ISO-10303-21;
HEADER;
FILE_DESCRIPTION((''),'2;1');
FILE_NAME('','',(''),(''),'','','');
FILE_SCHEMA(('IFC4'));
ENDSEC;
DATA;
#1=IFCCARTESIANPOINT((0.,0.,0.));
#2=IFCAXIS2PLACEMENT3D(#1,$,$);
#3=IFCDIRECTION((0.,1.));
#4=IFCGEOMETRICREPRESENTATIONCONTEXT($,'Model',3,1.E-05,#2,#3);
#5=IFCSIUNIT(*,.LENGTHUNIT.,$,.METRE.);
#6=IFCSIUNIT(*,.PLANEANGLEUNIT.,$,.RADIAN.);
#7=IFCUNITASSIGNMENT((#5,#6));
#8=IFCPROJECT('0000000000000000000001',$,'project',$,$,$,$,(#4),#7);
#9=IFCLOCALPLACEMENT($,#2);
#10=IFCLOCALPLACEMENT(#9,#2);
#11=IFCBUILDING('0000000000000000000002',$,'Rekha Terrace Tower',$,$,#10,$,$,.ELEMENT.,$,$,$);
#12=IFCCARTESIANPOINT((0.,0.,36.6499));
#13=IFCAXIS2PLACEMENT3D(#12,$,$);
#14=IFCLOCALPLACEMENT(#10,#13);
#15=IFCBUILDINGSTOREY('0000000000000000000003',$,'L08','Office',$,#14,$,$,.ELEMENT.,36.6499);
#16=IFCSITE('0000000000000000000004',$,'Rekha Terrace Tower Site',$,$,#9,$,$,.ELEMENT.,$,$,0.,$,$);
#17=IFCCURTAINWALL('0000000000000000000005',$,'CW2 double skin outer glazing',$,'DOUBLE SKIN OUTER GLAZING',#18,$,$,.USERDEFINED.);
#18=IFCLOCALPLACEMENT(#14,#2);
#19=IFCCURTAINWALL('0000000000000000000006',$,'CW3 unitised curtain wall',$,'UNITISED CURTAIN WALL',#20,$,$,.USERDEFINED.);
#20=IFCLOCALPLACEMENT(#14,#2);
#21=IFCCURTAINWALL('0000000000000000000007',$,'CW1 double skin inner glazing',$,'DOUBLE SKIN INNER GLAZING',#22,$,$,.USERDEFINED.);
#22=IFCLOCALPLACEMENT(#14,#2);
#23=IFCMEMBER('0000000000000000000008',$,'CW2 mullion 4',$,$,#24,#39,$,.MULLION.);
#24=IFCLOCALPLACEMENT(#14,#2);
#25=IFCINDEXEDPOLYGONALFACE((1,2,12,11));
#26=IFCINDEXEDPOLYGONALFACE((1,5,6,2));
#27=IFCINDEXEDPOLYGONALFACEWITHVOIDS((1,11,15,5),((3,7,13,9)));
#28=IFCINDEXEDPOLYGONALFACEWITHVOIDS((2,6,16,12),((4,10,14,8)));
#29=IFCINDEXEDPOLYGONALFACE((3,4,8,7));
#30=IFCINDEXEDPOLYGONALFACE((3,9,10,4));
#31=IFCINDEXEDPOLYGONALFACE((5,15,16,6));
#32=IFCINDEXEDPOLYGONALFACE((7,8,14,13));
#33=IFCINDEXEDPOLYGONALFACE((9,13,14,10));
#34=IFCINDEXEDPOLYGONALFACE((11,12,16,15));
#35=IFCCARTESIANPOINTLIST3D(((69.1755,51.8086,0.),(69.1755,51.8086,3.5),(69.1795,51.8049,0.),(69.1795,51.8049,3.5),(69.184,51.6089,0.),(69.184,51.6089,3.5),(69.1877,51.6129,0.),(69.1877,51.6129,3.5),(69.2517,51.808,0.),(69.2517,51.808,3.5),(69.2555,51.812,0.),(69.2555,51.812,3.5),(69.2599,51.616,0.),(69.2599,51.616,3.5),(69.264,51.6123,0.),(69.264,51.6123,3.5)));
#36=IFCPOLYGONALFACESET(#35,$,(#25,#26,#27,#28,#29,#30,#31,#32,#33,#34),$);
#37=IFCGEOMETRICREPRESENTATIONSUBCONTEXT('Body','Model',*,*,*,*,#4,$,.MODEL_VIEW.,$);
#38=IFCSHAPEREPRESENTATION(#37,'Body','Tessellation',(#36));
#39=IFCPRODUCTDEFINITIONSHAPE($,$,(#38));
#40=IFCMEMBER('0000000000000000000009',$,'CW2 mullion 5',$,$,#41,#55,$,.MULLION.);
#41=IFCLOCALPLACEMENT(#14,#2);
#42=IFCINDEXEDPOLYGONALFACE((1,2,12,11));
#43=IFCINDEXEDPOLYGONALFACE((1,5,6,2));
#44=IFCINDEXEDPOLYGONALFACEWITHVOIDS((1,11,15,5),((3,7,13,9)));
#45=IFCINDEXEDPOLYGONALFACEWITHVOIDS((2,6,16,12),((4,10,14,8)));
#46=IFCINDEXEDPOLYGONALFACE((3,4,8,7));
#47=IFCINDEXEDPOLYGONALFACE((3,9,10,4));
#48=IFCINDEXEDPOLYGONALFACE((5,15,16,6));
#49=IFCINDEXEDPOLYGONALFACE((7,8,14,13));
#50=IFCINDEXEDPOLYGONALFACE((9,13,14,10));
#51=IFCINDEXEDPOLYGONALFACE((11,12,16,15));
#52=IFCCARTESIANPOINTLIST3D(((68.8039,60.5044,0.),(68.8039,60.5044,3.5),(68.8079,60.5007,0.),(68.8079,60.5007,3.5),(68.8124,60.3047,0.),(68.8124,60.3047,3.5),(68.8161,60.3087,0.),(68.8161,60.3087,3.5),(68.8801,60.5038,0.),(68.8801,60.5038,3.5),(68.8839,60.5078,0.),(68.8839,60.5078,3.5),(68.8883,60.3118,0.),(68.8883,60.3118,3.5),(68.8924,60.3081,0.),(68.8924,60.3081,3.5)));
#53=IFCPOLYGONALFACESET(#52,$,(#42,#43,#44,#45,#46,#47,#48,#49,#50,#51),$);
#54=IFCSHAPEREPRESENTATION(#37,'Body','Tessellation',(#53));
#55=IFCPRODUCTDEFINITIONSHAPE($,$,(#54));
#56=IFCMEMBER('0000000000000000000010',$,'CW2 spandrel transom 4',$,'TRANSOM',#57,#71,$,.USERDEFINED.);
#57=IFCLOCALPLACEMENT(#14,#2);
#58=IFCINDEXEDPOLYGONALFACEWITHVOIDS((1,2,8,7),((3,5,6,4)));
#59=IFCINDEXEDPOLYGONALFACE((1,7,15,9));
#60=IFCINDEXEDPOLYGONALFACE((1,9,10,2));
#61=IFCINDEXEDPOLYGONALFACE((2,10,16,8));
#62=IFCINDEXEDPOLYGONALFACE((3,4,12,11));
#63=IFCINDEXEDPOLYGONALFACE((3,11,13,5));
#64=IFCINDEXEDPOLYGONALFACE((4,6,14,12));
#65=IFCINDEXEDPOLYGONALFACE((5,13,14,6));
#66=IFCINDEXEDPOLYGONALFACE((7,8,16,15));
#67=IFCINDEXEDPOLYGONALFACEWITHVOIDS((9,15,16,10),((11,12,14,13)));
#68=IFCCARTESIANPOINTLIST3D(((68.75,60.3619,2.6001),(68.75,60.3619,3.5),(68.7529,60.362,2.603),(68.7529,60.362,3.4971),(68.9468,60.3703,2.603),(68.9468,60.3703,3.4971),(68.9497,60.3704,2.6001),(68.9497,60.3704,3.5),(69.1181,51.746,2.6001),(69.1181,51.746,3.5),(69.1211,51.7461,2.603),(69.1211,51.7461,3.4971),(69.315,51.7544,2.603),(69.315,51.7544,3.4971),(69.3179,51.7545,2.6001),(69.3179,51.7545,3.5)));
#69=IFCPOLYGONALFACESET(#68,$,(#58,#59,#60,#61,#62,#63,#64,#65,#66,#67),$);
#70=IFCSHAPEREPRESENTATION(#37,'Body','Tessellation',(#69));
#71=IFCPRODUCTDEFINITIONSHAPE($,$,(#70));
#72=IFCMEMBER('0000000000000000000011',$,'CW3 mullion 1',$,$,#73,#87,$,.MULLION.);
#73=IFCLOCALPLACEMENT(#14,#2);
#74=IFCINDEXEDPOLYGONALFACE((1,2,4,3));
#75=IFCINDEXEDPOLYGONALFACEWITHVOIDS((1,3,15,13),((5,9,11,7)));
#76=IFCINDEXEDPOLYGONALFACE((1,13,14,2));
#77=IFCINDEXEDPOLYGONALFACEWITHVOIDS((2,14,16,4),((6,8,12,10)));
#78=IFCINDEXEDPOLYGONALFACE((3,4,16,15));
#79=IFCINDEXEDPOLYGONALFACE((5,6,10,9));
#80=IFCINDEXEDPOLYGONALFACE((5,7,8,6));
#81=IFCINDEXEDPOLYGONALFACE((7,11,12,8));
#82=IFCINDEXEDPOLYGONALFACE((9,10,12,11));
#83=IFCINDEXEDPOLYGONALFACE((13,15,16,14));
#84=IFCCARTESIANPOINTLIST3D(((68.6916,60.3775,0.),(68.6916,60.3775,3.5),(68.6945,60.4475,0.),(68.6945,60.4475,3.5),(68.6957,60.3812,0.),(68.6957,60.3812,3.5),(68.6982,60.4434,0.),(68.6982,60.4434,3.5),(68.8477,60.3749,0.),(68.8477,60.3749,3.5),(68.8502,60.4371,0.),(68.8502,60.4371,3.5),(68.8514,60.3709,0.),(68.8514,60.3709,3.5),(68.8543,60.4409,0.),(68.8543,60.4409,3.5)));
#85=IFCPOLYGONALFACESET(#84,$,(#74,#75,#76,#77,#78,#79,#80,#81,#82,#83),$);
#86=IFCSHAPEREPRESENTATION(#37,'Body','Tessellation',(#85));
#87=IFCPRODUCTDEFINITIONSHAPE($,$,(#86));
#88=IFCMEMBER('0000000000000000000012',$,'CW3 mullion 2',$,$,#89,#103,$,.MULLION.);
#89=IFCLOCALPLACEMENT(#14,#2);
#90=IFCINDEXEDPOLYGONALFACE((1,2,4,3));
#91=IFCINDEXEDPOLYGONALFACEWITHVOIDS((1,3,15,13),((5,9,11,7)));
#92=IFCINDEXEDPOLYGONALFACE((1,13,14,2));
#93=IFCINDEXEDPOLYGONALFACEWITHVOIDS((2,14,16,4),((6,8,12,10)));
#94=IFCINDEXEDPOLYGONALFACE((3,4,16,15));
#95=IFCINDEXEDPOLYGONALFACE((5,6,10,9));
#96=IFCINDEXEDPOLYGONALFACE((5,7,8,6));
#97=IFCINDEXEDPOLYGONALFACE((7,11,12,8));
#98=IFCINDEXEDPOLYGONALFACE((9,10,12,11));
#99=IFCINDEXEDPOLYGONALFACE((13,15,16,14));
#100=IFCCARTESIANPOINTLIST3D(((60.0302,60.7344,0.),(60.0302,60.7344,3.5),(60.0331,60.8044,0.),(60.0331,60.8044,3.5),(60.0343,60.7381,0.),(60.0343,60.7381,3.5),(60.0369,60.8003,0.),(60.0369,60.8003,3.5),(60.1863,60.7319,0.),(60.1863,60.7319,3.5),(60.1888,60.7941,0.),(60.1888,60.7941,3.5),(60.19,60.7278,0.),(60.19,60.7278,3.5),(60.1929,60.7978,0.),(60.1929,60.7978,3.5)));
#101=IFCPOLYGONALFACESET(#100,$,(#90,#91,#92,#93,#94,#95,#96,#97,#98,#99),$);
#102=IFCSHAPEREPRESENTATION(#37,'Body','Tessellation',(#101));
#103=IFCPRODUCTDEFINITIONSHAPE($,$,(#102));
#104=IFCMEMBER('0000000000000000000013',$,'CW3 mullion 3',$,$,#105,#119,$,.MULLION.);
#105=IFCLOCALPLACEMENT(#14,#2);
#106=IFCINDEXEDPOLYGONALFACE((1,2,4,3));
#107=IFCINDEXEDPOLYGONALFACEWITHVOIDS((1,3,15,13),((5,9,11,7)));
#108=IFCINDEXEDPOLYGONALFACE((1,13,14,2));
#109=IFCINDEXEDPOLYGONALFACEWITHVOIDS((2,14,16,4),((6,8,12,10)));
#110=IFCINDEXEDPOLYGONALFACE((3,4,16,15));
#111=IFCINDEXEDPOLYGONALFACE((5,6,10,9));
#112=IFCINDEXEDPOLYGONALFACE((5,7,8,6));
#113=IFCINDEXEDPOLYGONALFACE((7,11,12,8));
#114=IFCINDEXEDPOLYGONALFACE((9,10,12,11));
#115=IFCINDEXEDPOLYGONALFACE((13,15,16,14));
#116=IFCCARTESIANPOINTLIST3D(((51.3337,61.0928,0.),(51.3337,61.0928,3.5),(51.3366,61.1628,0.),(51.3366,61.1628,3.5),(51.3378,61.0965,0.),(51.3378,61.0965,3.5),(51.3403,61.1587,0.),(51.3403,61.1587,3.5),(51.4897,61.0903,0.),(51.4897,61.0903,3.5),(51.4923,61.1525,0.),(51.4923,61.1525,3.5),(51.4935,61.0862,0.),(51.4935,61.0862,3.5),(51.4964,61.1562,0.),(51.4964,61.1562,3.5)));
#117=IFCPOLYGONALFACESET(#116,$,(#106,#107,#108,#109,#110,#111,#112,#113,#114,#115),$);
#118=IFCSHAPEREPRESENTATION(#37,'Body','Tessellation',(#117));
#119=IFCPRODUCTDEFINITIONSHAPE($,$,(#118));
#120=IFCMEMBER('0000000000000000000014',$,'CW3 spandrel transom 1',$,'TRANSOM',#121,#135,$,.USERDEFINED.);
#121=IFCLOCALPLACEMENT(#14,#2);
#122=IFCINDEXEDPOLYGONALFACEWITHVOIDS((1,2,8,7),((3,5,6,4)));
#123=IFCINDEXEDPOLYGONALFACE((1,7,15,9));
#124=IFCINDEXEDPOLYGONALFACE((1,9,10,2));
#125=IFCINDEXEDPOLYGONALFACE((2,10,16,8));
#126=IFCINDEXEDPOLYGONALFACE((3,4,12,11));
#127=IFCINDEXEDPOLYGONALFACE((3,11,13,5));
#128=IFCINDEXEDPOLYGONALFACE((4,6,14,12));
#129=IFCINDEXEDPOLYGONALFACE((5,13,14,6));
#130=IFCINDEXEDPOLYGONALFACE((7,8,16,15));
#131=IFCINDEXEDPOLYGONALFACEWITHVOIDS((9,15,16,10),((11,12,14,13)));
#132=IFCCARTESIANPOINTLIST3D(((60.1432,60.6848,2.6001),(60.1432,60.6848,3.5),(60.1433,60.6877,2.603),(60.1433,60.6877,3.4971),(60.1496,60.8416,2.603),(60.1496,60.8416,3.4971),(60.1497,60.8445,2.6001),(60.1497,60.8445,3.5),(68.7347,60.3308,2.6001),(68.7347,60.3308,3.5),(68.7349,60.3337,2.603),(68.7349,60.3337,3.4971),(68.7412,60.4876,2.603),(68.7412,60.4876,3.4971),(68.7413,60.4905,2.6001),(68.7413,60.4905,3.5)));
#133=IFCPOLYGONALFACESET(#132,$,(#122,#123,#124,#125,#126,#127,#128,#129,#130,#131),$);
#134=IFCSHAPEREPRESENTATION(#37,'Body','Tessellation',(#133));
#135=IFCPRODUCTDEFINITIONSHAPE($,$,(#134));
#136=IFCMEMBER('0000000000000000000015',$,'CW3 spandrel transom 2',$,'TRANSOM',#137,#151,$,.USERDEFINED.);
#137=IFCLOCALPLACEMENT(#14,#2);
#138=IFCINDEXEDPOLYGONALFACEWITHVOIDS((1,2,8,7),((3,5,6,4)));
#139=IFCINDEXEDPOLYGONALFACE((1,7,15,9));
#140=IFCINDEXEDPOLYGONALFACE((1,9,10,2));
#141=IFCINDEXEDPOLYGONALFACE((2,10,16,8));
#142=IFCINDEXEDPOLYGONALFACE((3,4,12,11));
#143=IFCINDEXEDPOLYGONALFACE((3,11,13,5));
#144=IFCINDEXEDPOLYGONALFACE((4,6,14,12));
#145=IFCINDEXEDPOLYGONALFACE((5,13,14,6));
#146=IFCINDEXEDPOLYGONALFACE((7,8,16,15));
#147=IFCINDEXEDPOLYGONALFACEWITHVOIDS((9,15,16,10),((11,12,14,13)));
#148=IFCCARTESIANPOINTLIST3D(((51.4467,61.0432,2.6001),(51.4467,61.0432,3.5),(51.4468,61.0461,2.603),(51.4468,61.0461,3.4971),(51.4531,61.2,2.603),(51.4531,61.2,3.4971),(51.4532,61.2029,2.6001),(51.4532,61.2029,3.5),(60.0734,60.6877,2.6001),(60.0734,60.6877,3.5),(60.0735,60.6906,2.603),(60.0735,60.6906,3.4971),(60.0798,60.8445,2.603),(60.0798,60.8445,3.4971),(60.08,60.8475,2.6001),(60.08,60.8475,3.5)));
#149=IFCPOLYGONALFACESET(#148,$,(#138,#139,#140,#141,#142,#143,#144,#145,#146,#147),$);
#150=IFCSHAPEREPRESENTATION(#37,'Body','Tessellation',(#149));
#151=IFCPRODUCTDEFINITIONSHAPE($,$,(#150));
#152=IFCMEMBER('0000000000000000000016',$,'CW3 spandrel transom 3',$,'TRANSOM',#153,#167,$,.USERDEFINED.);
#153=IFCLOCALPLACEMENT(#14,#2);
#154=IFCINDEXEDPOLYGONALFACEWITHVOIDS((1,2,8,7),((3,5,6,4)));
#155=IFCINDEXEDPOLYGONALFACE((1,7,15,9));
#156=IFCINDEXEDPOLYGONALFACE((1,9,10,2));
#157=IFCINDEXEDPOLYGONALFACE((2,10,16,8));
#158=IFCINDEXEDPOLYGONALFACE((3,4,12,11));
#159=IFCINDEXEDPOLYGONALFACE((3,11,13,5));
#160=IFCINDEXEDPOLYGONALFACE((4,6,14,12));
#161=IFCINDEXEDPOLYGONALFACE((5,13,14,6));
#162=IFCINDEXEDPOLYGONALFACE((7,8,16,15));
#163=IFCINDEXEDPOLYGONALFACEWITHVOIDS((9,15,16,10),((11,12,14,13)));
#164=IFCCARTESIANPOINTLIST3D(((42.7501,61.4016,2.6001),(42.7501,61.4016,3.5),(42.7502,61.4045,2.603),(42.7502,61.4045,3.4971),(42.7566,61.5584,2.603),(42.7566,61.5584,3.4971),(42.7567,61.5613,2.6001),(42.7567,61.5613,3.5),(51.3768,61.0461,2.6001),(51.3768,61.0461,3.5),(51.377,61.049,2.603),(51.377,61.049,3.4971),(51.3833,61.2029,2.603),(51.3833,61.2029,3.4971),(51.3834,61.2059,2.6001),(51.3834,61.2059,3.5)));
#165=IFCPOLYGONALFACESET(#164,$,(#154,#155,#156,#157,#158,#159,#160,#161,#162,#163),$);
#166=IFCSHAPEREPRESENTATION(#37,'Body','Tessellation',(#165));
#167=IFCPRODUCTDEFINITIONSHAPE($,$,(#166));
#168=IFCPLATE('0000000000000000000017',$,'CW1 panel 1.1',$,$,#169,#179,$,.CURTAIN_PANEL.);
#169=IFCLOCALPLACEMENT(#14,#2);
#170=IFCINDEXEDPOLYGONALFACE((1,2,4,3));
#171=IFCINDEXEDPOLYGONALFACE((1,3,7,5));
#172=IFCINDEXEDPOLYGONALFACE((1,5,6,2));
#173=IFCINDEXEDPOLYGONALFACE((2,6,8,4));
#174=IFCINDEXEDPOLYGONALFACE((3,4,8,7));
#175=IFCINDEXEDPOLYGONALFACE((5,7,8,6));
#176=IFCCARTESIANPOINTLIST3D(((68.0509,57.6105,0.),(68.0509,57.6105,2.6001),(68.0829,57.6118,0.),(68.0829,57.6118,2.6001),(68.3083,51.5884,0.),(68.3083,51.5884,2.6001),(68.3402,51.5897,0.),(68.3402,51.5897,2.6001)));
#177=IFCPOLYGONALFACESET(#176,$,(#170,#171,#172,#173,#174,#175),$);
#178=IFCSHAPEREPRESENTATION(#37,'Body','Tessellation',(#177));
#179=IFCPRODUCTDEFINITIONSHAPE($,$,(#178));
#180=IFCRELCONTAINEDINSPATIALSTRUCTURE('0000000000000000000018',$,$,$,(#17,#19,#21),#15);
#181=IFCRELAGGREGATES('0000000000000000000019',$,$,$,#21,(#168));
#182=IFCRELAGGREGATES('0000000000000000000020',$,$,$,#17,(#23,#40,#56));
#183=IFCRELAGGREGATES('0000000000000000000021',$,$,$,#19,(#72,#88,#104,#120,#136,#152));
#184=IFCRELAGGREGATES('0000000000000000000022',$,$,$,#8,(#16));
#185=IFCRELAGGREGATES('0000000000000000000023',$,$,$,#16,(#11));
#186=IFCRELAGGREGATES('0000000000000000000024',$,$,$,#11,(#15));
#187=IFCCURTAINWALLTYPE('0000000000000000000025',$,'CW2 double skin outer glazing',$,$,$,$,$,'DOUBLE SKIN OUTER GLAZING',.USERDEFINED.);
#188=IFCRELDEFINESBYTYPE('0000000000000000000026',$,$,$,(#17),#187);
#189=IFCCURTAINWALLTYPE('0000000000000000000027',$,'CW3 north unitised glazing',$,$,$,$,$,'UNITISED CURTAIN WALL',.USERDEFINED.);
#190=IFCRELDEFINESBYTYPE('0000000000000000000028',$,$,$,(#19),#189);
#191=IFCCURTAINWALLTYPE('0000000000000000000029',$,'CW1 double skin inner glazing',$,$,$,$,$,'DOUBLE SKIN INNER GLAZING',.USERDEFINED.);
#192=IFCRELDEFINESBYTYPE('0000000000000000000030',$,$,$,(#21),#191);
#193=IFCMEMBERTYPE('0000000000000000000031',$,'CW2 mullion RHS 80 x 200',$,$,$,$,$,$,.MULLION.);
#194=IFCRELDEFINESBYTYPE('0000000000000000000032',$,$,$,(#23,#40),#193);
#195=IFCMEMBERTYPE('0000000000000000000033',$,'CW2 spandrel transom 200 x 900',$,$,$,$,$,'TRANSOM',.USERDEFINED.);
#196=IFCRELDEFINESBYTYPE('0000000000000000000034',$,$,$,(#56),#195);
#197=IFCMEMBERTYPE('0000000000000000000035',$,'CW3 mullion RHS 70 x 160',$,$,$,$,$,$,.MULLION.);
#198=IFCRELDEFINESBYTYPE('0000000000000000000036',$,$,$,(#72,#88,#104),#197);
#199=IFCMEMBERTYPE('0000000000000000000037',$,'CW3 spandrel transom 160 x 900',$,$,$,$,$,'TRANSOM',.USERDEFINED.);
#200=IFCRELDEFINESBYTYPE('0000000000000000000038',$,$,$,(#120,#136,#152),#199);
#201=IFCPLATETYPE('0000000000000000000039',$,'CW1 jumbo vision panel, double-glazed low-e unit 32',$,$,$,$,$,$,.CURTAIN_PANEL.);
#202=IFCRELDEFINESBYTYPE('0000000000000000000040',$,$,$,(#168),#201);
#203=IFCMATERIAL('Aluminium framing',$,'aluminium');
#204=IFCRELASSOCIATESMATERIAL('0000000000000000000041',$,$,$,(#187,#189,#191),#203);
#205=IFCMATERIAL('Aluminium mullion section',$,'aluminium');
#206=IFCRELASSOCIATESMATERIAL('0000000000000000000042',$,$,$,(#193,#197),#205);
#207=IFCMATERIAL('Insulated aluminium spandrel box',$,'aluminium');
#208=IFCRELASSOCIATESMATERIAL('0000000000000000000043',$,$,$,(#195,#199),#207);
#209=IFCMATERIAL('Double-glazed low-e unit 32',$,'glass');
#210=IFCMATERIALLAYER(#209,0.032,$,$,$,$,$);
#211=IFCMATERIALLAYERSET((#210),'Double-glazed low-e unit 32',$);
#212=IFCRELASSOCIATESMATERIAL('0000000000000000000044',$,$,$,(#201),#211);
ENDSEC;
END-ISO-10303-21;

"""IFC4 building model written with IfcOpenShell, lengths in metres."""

from ifc_helpers import new_model, si_unit, direction, frame, origin, origin_2d, place, context, subcontext, project, spatial, rectangle, hollow_rectangle, extrude, material, layer, layer_set, material_profile, profile_set, type_object, element, aggregate, save


model = new_model("IFC4")

# Units and contexts
model_context = context("Model", 3, precision=1e-05, world=origin(), true_north=direction((0.0, 1.0)))
body_context = subcontext(model_context, "Body", "Model", "MODEL_VIEW")
ifc_project = project(units=[si_unit("LENGTHUNIT", "METRE"), si_unit("PLANEANGLEUNIT", "RADIAN")], contexts=[model_context])

# Site, building, storey
site_placement = place(None, origin())
site = spatial("IfcSite", under=ifc_project, at=site_placement, Name="Rekha Terrace Tower Site", CompositionType="ELEMENT", RefElevation=0.0)
building_placement = place(site_placement, origin())
building = spatial("IfcBuilding", under=site, at=building_placement, Name="Rekha Terrace Tower", CompositionType="ELEMENT")
storey_placement = place(building_placement, frame((0.0, 0.0, 36.6499)))
storey = spatial("IfcBuildingStorey", under=building, at=storey_placement, Name="L08", Description="Office", CompositionType="ELEMENT", Elevation=36.6499)

# Curtain wall
ifc_material_1 = material(Name="Aluminium framing", Category="aluminium")
curtain_wall_type_1 = type_object("IfcCurtainWallType", Name="CW2 double skin outer glazing", ElementType="DOUBLE SKIN OUTER GLAZING", PredefinedType="USERDEFINED", material=ifc_material_1)
curtain_wall_1_placement = place(storey_placement, origin())
curtain_wall_1 = element("IfcCurtainWall", 1, at=curtain_wall_1_placement, inside=storey, type_object=curtain_wall_type_1, Name="CW2 double skin outer glazing", ObjectType="DOUBLE SKIN OUTER GLAZING", PredefinedType="USERDEFINED")

# Curtain walls
curtain_wall_type_2 = type_object("IfcCurtainWallType", Name="CW3 north unitised glazing", ElementType="UNITISED CURTAIN WALL", PredefinedType="USERDEFINED", material=ifc_material_1)
curtain_wall_2_placement = place(storey_placement, origin())
curtain_wall_2 = element("IfcCurtainWall", 2, at=curtain_wall_2_placement, inside=storey, type_object=curtain_wall_type_2, Name="CW3 unitised curtain wall", ObjectType="UNITISED CURTAIN WALL", PredefinedType="USERDEFINED")
curtain_wall_type_3 = type_object("IfcCurtainWallType", Name="CW1 double skin inner glazing", ElementType="DOUBLE SKIN INNER GLAZING", PredefinedType="USERDEFINED", material=ifc_material_1)
curtain_wall_3_placement = place(storey_placement, origin())
curtain_wall_3 = element("IfcCurtainWall", 3, at=curtain_wall_3_placement, inside=storey, type_object=curtain_wall_type_3, Name="CW1 double skin inner glazing", ObjectType="DOUBLE SKIN INNER GLAZING", PredefinedType="USERDEFINED")
ifc_material_2 = material(Name="Aluminium mullion section", Category="aluminium")
ifc_material_3 = material(Name="Insulated aluminium spandrel box", Category="aluminium")

# Members
ifc_material_profile_1 = material_profile(ifc_material_2, hollow_rectangle(XDim=0.0801, YDim=0.2, WallThickness=0.0039, at=origin_2d()), Name="AL RHS 80x200")
ifc_profile_set_1 = profile_set([ifc_material_profile_1], Name="Aluminium mullion section")
member_type_1 = type_object("IfcMemberType", Name="CW2 mullion RHS 80 x 200", PredefinedType="MULLION", material=ifc_profile_set_1)
member_1_placement = place(storey_placement, frame((69.2197, 51.7104, 0.0), z_axis=(0.0, 0.0, 1.0), x_axis=(-0.999088, -0.042696, 0.0)))
member_1 = element("IfcMember", 4, at=member_1_placement, type_object=member_type_1, Name="CW2 mullion 4", PredefinedType="MULLION", context=body_context, shape_type="SweptSolid", body=[
    extrude(hollow_rectangle(XDim=0.0801, YDim=0.2, WallThickness=0.0039, at=origin_2d()), origin(), (0.0, 0.0, 1.0), 3.5),
])
member_2_placement = place(storey_placement, frame((68.8481, 60.4062, 0.0), z_axis=(0.0, 0.0, 1.0), x_axis=(-0.999088, -0.042696, 0.0)))
member_2 = element("IfcMember", 5, at=member_2_placement, type_object=member_type_1, Name="CW2 mullion 5", PredefinedType="MULLION", context=body_context, shape_type="SweptSolid", body=[
    extrude(hollow_rectangle(XDim=0.0801, YDim=0.2, WallThickness=0.0039, at=origin_2d()), origin(), (0.0, 0.0, 1.0), 3.5),
])
ifc_material_profile_2 = material_profile(ifc_material_3, hollow_rectangle(XDim=0.2, YDim=0.8999, WallThickness=0.0029, at=origin_2d()), Name="AL SPANDREL BOX 200x900")
ifc_profile_set_2 = profile_set([ifc_material_profile_2], Name="Insulated aluminium spandrel box")
member_type_2 = type_object("IfcMemberType", Name="CW2 spandrel transom 200 x 900", ElementType="TRANSOM", PredefinedType="USERDEFINED", material=ifc_profile_set_2)
member_3_placement = place(storey_placement, frame((69.218, 51.7502, 3.05), z_axis=(-0.042691, 0.999088, 0.0), x_axis=(-0.999088, -0.042691, 0.0)))
member_3 = element("IfcMember", 6, at=member_3_placement, type_object=member_type_2, Name="CW2 spandrel transom 4", ObjectType="TRANSOM", PredefinedType="USERDEFINED", context=body_context, shape_type="SweptSolid", body=[
    extrude(hollow_rectangle(XDim=0.2, YDim=0.8999, WallThickness=0.0029, at=origin_2d()), origin(), (0.0, 0.0, 1.0), 8.6238),
])
ifc_material_profile_3 = material_profile(ifc_material_2, hollow_rectangle(XDim=0.0701, YDim=0.1599, WallThickness=0.0039, at=origin_2d()), Name="AL RHS 70x160")
ifc_profile_set_3 = profile_set([ifc_material_profile_3], Name="Aluminium mullion section")
member_type_3 = type_object("IfcMemberType", Name="CW3 mullion RHS 70 x 160", PredefinedType="MULLION", material=ifc_profile_set_3)
member_4_placement = place(storey_placement, frame((68.7729, 60.4092, 0.0), z_axis=(0.0, 0.0, 1.0), x_axis=(-0.041174, -0.999152, 0.0)))
member_4 = element("IfcMember", 7, at=member_4_placement, type_object=member_type_3, Name="CW3 mullion 1", PredefinedType="MULLION", context=body_context, shape_type="SweptSolid", body=[
    extrude(hollow_rectangle(XDim=0.0701, YDim=0.1599, WallThickness=0.0039, at=origin_2d()), origin(), (0.0, 0.0, 1.0), 3.5),
])
member_5_placement = place(storey_placement, frame((60.1116, 60.7661, 0.0), z_axis=(0.0, 0.0, 1.0), x_axis=(-0.041174, -0.999152, 0.0)))
member_5 = element("IfcMember", 8, at=member_5_placement, type_object=member_type_3, Name="CW3 mullion 2", PredefinedType="MULLION", context=body_context, shape_type="SweptSolid", body=[
    extrude(hollow_rectangle(XDim=0.0701, YDim=0.1599, WallThickness=0.0039, at=origin_2d()), origin(), (0.0, 0.0, 1.0), 3.5),
])
member_6_placement = place(storey_placement, frame((51.415, 61.1245, 0.0), z_axis=(0.0, 0.0, 1.0), x_axis=(-0.041174, -0.999152, 0.0)))
member_6 = element("IfcMember", 9, at=member_6_placement, type_object=member_type_3, Name="CW3 mullion 3", PredefinedType="MULLION", context=body_context, shape_type="SweptSolid", body=[
    extrude(hollow_rectangle(XDim=0.0701, YDim=0.1599, WallThickness=0.0039, at=origin_2d()), origin(), (0.0, 0.0, 1.0), 3.5),
])
ifc_material_profile_4 = material_profile(ifc_material_3, hollow_rectangle(XDim=0.1599, YDim=0.8999, WallThickness=0.0029, at=origin_2d()), Name="AL SPANDREL BOX 160x900")
ifc_profile_set_4 = profile_set([ifc_material_profile_4], Name="Insulated aluminium spandrel box")
member_type_4 = type_object("IfcMemberType", Name="CW3 spandrel transom 160 x 900", ElementType="TRANSOM", PredefinedType="USERDEFINED", material=ifc_profile_set_4)
member_7_placement = place(storey_placement, frame((68.738, 60.4106, 3.05), z_axis=(-0.999152, 0.041169, 0.0), x_axis=(-0.041169, -0.999152, 0.0)))
member_7 = element("IfcMember", 10, at=member_7_placement, type_object=member_type_4, Name="CW3 spandrel transom 1", ObjectType="TRANSOM", PredefinedType="USERDEFINED", context=body_context, shape_type="SweptSolid", body=[
    extrude(hollow_rectangle(XDim=0.1599, YDim=0.8999, WallThickness=0.0029, at=origin_2d()), origin(), (0.0, 0.0, 1.0), 8.5989),
])
member_8_placement = place(storey_placement, frame((60.0767, 60.7676, 3.05), z_axis=(-0.999152, 0.041171, 0.0), x_axis=(-0.041171, -0.999152, 0.0)))
member_8 = element("IfcMember", 11, at=member_8_placement, type_object=member_type_4, Name="CW3 spandrel transom 2", ObjectType="TRANSOM", PredefinedType="USERDEFINED", context=body_context, shape_type="SweptSolid", body=[
    extrude(hollow_rectangle(XDim=0.1599, YDim=0.8999, WallThickness=0.0029, at=origin_2d()), origin(), (0.0, 0.0, 1.0), 8.634),
])
member_9_placement = place(storey_placement, frame((51.3801, 61.126, 3.05), z_axis=(-0.999152, 0.041171, 0.0), x_axis=(-0.041171, -0.999152, 0.0)))
member_9 = element("IfcMember", 12, at=member_9_placement, type_object=member_type_4, Name="CW3 spandrel transom 3", ObjectType="TRANSOM", PredefinedType="USERDEFINED", context=body_context, shape_type="SweptSolid", body=[
    extrude(hollow_rectangle(XDim=0.1599, YDim=0.8999, WallThickness=0.0029, at=origin_2d()), origin(), (0.0, 0.0, 1.0), 8.634),
])

# Plate
ifc_material_4 = material(Name="Double-glazed low-e unit 32", Category="glass")
ifc_layer_1 = layer(ifc_material_4, 0.032)
ifc_layer_set_1 = layer_set([ifc_layer_1], Name="Double-glazed low-e unit 32")
plate_type_1 = type_object("IfcPlateType", Name="CW1 jumbo vision panel, double-glazed low-e unit 32", PredefinedType="CURTAIN_PANEL", material=ifc_layer_set_1)
plate_1_placement = place(storey_placement, frame((68.1956, 54.6001, 0.0), z_axis=(0.0, 0.0, 1.0), x_axis=(-0.042696, 0.999088, 0.0)))
plate_1 = element("IfcPlate", 13, at=plate_1_placement, type_object=plate_type_1, Name="CW1 panel 1.1", PredefinedType="CURTAIN_PANEL", context=body_context, shape_type="SweptSolid", body=[
    extrude(rectangle(XDim=6.0276, YDim=0.032, at=origin_2d()), origin(), (0.0, 0.0, 1.0), 2.6001),
])
aggregate(curtain_wall_3, [plate_1])
aggregate(curtain_wall_1, [member_1, member_2, member_3])
aggregate(curtain_wall_2, [member_4, member_5, member_6, member_7, member_8, member_9])

save(model, "model.ifc")
